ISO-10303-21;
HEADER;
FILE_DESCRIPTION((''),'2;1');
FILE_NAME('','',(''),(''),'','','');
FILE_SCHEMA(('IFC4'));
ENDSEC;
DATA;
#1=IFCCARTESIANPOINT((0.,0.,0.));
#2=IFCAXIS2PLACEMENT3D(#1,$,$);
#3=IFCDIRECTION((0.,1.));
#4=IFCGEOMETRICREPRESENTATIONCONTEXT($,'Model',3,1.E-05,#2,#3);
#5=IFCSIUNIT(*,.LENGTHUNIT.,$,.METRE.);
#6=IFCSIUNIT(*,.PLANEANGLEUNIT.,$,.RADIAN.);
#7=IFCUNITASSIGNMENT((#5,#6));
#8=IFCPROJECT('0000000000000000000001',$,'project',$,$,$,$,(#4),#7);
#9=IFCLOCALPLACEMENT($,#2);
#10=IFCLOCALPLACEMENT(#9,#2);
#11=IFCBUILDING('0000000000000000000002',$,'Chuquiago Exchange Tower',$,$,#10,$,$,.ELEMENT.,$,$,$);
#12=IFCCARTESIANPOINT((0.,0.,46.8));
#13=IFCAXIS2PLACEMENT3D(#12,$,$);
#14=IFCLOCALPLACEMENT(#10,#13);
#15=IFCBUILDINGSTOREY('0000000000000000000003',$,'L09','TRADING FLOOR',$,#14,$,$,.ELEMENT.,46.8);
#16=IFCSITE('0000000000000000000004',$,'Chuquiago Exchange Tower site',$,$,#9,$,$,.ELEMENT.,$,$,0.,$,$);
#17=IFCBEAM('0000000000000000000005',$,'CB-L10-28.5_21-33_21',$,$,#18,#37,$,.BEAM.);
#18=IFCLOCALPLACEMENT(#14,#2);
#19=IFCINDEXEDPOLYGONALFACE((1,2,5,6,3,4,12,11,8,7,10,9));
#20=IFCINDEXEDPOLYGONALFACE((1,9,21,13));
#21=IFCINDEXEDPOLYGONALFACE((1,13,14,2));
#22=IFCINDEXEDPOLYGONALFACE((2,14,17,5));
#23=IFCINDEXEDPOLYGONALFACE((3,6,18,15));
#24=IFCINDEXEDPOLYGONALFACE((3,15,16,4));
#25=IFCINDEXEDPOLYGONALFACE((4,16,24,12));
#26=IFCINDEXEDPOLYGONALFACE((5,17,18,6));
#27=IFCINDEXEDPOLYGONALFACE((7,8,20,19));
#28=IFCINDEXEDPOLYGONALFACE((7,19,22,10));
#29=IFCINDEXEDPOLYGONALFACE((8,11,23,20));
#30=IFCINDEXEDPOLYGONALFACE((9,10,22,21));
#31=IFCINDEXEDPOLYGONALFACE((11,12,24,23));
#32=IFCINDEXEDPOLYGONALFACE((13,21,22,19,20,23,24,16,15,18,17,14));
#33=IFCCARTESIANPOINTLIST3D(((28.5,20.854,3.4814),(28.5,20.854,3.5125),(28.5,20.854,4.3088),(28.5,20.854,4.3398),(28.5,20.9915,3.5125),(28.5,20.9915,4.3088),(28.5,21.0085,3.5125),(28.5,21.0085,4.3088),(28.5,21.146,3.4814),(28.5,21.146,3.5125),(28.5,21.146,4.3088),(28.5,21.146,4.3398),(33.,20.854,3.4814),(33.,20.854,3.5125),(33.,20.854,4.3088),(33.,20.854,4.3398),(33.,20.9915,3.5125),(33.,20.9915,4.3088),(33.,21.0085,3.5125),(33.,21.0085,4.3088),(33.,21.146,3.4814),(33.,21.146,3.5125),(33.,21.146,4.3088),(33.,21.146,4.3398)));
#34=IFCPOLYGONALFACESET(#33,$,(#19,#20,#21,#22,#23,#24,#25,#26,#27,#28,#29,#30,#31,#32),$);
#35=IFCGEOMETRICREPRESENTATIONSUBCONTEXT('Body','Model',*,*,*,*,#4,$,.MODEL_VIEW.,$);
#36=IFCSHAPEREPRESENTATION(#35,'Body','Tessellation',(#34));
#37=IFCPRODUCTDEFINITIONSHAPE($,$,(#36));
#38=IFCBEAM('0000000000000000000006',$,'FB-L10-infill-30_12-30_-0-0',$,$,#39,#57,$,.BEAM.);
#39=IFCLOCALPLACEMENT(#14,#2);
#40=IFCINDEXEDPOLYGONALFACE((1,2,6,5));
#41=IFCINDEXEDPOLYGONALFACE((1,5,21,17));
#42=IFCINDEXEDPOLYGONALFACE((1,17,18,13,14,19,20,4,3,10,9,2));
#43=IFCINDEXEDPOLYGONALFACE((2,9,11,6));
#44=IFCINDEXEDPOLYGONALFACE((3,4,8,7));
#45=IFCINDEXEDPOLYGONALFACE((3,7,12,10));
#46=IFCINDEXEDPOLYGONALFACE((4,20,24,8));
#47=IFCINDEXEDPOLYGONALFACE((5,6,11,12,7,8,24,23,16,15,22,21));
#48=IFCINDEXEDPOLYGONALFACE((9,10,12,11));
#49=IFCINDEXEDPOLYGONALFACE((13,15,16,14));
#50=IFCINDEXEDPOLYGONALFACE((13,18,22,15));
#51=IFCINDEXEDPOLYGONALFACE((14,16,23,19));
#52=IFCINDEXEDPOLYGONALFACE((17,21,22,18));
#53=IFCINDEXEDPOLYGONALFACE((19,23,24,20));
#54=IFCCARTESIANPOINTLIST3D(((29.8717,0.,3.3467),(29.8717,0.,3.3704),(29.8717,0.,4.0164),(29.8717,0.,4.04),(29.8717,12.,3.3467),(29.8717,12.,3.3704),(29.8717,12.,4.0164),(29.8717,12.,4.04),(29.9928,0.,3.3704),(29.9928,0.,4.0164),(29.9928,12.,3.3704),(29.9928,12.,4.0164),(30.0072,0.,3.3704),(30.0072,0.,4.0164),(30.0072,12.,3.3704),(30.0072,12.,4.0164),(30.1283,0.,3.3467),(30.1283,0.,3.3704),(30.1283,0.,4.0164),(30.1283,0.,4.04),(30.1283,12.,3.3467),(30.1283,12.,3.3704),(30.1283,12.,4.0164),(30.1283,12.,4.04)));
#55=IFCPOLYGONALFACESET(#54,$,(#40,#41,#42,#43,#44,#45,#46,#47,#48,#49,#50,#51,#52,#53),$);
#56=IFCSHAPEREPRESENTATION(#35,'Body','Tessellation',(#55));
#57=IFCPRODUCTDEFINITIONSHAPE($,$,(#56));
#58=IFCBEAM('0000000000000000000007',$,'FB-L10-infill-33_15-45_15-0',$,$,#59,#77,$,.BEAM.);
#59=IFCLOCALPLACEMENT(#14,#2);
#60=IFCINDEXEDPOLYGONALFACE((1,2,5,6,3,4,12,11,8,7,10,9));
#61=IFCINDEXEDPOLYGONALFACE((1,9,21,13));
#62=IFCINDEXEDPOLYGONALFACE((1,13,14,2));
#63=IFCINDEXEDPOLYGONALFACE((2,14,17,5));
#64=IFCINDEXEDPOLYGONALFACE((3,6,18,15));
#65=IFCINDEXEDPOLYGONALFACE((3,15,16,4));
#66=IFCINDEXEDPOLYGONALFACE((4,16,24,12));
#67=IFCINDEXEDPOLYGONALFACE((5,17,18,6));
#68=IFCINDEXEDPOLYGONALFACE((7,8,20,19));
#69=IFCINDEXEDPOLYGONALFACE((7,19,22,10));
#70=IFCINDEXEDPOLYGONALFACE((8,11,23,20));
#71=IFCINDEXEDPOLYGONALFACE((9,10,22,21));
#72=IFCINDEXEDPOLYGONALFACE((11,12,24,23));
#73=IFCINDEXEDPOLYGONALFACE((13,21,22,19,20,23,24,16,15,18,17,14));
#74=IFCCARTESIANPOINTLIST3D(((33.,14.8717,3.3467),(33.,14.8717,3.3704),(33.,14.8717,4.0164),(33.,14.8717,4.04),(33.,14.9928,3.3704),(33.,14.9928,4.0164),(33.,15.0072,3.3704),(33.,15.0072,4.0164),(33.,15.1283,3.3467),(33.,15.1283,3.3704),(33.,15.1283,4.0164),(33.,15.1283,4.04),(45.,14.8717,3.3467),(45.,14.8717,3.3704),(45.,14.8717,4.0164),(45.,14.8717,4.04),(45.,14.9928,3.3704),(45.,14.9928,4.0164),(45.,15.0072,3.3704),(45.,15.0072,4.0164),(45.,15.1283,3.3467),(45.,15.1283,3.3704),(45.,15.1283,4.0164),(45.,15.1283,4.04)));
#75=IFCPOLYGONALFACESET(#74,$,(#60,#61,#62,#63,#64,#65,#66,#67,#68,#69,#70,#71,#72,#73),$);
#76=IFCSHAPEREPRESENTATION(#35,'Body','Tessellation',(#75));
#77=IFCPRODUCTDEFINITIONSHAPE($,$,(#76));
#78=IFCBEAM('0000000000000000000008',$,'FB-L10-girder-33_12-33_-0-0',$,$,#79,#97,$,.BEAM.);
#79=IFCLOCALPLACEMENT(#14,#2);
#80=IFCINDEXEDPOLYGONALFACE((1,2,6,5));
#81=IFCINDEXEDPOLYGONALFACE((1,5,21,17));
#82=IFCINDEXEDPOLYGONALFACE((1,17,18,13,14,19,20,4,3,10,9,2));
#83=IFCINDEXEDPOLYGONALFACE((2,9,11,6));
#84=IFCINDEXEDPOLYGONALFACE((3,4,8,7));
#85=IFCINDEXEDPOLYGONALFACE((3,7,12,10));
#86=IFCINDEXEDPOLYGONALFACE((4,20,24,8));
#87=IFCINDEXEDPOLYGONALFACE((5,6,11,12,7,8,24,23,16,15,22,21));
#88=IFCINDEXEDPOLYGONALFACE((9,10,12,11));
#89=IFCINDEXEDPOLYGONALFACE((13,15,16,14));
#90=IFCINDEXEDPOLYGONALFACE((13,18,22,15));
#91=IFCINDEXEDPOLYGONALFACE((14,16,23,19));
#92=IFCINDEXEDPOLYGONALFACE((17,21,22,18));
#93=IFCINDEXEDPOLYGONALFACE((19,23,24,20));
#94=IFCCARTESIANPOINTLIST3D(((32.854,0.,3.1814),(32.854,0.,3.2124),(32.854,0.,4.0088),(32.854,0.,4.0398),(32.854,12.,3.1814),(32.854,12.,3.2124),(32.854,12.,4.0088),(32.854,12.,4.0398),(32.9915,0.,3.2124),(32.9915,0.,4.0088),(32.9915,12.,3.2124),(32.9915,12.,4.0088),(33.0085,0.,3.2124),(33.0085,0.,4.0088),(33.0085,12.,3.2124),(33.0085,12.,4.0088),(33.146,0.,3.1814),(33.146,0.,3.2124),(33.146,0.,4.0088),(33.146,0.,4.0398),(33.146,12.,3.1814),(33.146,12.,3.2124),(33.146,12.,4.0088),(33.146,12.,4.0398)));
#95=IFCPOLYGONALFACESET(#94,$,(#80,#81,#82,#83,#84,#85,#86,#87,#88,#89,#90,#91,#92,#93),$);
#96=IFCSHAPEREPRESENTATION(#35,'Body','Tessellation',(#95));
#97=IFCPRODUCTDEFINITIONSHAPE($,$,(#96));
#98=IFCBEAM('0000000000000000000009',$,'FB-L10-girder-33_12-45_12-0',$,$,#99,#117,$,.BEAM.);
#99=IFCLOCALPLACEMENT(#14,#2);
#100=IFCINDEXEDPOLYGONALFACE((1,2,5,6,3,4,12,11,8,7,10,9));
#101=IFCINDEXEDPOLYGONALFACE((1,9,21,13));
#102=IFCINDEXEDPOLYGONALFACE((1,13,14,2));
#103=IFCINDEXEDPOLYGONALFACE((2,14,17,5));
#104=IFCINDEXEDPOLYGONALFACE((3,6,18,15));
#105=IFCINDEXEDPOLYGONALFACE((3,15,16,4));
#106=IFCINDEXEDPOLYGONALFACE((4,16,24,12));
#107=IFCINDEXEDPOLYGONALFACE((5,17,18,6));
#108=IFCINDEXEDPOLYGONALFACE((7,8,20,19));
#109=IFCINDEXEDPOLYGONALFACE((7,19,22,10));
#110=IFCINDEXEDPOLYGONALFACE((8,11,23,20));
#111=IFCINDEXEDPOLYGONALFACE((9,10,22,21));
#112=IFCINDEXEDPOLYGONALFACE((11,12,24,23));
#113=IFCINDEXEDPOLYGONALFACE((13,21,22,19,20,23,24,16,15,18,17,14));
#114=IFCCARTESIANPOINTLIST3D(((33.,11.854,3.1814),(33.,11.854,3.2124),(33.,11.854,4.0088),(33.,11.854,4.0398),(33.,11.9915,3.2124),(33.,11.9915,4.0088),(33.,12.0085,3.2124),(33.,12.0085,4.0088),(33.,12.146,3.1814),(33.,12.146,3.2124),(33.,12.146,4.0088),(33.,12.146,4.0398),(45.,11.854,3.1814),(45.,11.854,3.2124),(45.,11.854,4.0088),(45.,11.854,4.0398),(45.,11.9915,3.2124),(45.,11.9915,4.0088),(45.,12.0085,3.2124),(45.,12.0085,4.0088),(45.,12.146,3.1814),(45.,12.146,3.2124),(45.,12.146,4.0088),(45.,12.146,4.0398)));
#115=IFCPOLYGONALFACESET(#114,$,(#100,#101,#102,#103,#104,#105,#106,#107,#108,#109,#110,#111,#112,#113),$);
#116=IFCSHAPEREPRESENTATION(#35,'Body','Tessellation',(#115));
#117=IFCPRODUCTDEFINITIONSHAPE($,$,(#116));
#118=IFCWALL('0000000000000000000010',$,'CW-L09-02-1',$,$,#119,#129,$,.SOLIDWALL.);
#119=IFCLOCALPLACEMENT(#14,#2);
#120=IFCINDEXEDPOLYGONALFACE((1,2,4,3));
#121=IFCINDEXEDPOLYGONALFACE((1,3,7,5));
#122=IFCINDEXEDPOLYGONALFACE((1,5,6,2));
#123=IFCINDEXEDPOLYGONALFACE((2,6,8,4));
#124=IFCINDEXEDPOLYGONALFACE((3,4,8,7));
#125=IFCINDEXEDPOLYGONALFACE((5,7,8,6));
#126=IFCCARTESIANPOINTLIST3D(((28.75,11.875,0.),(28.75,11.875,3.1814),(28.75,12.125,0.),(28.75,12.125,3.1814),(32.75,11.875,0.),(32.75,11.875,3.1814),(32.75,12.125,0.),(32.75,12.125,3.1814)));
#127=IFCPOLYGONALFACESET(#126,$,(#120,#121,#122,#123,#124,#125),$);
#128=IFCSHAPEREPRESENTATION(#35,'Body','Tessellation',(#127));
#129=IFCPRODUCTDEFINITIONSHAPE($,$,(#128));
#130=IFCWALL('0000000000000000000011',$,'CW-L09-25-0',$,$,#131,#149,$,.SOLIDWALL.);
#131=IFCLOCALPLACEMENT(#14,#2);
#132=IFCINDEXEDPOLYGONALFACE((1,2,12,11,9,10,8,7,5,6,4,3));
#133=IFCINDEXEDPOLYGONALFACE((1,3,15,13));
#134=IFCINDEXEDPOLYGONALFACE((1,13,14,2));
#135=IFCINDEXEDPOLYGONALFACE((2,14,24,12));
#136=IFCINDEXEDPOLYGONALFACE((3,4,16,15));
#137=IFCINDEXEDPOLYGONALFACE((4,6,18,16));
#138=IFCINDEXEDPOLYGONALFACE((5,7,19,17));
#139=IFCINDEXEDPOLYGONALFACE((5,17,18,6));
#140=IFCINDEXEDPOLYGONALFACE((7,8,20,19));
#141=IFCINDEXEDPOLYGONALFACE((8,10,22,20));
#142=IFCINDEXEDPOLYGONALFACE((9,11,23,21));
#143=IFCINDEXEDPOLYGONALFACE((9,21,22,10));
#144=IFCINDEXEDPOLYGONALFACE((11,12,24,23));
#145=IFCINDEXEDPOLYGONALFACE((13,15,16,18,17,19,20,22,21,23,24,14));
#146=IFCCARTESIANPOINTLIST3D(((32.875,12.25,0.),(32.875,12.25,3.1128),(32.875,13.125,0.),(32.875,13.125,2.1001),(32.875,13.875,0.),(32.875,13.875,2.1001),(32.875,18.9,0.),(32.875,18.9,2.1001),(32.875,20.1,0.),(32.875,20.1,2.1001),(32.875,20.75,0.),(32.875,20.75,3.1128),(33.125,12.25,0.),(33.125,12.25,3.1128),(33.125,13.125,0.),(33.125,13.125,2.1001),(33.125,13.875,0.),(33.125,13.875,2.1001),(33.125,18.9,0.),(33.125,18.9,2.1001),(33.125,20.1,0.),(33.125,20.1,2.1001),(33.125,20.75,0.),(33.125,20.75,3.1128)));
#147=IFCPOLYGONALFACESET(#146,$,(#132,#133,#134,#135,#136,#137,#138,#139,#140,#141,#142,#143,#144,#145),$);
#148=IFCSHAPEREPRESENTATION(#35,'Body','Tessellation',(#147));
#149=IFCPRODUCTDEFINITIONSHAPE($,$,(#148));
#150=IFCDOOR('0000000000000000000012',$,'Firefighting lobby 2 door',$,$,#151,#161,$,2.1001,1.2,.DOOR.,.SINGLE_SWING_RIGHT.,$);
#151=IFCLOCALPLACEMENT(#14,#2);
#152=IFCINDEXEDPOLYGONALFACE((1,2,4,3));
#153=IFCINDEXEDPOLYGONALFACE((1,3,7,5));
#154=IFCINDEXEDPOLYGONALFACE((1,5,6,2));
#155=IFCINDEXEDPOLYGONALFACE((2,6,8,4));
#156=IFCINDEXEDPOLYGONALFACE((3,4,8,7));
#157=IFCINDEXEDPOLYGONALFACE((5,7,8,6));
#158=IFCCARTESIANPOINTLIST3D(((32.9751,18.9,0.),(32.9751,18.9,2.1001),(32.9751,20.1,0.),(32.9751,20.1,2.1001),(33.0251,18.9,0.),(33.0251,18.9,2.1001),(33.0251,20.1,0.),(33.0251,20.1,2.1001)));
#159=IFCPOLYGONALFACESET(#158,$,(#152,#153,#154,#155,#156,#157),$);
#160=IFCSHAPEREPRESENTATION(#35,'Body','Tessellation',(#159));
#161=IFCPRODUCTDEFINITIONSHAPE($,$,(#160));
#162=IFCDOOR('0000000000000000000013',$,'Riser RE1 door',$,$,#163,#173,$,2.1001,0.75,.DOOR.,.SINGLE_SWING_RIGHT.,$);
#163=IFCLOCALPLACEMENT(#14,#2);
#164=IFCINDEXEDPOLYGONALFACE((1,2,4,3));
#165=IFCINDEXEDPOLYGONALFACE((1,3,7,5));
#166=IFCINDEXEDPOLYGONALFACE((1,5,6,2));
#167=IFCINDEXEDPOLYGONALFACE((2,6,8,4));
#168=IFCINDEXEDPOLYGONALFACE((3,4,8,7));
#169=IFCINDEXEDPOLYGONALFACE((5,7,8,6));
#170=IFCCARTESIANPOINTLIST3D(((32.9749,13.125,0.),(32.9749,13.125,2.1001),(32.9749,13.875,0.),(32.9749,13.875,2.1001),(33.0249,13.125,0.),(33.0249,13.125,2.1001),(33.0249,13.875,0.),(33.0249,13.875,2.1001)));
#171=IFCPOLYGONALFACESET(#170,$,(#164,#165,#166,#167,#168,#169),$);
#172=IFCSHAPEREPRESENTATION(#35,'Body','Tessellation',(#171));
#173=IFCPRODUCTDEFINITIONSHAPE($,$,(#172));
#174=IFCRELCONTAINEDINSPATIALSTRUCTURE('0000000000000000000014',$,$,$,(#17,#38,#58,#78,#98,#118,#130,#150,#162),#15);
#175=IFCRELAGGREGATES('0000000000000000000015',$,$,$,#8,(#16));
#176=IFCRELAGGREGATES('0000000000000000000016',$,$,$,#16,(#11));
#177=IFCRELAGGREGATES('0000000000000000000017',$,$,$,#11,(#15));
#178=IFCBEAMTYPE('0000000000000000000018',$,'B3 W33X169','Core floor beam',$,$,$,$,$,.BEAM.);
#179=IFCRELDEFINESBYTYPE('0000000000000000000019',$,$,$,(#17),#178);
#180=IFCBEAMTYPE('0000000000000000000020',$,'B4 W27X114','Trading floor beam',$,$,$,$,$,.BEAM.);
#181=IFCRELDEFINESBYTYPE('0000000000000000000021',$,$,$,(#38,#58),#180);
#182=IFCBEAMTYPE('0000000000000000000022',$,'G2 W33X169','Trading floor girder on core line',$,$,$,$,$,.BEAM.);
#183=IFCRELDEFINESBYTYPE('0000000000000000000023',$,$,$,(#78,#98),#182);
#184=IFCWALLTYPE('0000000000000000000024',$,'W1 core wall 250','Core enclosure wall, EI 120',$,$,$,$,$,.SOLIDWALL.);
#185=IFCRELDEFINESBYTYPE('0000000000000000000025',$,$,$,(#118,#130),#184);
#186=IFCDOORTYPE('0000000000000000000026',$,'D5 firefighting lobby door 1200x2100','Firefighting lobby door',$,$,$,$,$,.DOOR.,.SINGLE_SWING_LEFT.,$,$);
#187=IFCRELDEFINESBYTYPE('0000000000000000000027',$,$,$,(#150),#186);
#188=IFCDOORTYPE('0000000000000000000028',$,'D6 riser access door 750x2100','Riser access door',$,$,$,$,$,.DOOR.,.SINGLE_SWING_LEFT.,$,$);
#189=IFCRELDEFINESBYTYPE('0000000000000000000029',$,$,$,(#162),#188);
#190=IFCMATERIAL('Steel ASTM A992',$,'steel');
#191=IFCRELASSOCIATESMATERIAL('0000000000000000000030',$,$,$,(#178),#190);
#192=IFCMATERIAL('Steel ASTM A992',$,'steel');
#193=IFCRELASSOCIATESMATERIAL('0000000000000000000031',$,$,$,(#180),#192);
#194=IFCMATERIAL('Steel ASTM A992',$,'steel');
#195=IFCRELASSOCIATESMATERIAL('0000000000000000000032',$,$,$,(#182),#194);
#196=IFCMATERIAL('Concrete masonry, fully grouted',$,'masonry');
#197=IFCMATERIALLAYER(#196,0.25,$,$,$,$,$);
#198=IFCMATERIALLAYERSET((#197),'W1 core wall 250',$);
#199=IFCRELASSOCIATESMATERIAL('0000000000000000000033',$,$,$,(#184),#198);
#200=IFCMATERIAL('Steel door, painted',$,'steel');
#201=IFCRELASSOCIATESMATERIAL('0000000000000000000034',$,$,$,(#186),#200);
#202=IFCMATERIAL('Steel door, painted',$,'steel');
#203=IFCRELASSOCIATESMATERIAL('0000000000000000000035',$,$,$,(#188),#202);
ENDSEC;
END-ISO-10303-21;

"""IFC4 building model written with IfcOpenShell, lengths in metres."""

from ifc_helpers import new_model, si_unit, direction, frame, frame_2d, origin, origin_2d, place, context, subcontext, project, spatial, rectangle, i_section, extrude, material, layer, layer_set, material_profile, profile_set, type_object, element, fill, save


model = new_model("IFC4")

# Units and contexts
model_context = context("Model", 3, precision=1e-05, world=origin(), true_north=direction((0.0, 1.0)))
body_context = subcontext(model_context, "Body", "Model", "MODEL_VIEW")
ifc_project = project(units=[si_unit("LENGTHUNIT", "METRE"), si_unit("PLANEANGLEUNIT", "RADIAN")], contexts=[model_context])

# Site, building, storey
site_placement = place(None, origin())
site = spatial("IfcSite", under=ifc_project, at=site_placement, Name="Chuquiago Exchange Tower site", CompositionType="ELEMENT", RefElevation=0.0)
building_placement = place(site_placement, origin())
building = spatial("IfcBuilding", under=site, at=building_placement, Name="Chuquiago Exchange Tower", CompositionType="ELEMENT")
storey_placement = place(building_placement, frame((0.0, 0.0, 46.8)))
storey = spatial("IfcBuildingStorey", under=building, at=storey_placement, Name="L09", Description="TRADING FLOOR", CompositionType="ELEMENT", Elevation=46.8)

# Beams
ifc_material_1 = material(Name="Steel ASTM A992", Category="steel")
ifc_material_profile_1 = material_profile(ifc_material_1, i_section(OverallWidth=0.292, OverallDepth=0.8584, WebThickness=0.0171, FlangeThickness=0.031, at=origin_2d()), Name="W33X169")
ifc_profile_set_1 = profile_set([ifc_material_profile_1], Name="Steel ASTM A992")
beam_type_1 = type_object("IfcBeamType", Name="B3 W33X169", Description="Core floor beam", PredefinedType="BEAM", material=ifc_profile_set_1)
for number, where, z_axis, x_axis, name in (
    (1, (28.5, 21.0, 3.9106), (1.0, 0.0, 0.0), (0.0, 1.0, 0.0), "CB-L10-28.5_21-33_21"),
):
    element("IfcBeam", number, at=place(storey_placement, frame(where, z_axis=z_axis, x_axis=x_axis)), inside=storey, type_object=beam_type_1, Name=name, PredefinedType="BEAM", context=body_context, shape_type="SweptSolid", body=[
        extrude(i_section(OverallWidth=0.292, OverallDepth=0.8584, WebThickness=0.0171, FlangeThickness=0.031, at=origin_2d()), origin(), (0.0, 0.0, 1.0), 4.5),
    ])
ifc_material_2 = material(Name="Steel ASTM A992", Category="steel")
ifc_material_profile_2 = material_profile(ifc_material_2, i_section(OverallWidth=0.2566, OverallDepth=0.6934, WebThickness=0.0144, FlangeThickness=0.0237, at=origin_2d()), Name="W27X114")
ifc_profile_set_2 = profile_set([ifc_material_profile_2], Name="Steel ASTM A992")
beam_type_2 = type_object("IfcBeamType", Name="B4 W27X114", Description="Trading floor beam", PredefinedType="BEAM", material=ifc_profile_set_2)
for number, where, z_axis, x_axis, name in (
    (2, (30.0, 12.0, 3.6934), (0.0, -1.0, 0.0), (1.0, 0.0, 0.0), "FB-L10-infill-30_12-30_-0-0"),
    (3, (33.0, 15.0, 3.6934), (1.0, 0.0, 0.0), (0.0, 1.0, 0.0), "FB-L10-infill-33_15-45_15-0"),
):
    element("IfcBeam", number, at=place(storey_placement, frame(where, z_axis=z_axis, x_axis=x_axis)), inside=storey, type_object=beam_type_2, Name=name, PredefinedType="BEAM", context=body_context, shape_type="SweptSolid", body=[
        extrude(i_section(OverallWidth=0.2566, OverallDepth=0.6934, WebThickness=0.0144, FlangeThickness=0.0237, at=origin_2d()), origin(), (0.0, 0.0, 1.0), 12.0),
    ])
ifc_material_3 = material(Name="Steel ASTM A992", Category="steel")
ifc_material_profile_3 = material_profile(ifc_material_3, i_section(OverallWidth=0.292, OverallDepth=0.8584, WebThickness=0.0171, FlangeThickness=0.031, at=origin_2d()), Name="W33X169")
ifc_profile_set_3 = profile_set([ifc_material_profile_3], Name="Steel ASTM A992")
beam_type_3 = type_object("IfcBeamType", Name="G2 W33X169", Description="Trading floor girder on core line", PredefinedType="BEAM", material=ifc_profile_set_3)
for number, where, z_axis, x_axis, name in (
    (4, (33.0, 12.0, 3.6106), (0.0, -1.0, 0.0), (1.0, 0.0, 0.0), "FB-L10-girder-33_12-33_-0-0"),
    (5, (33.0, 12.0, 3.6106), (1.0, 0.0, 0.0), (0.0, 1.0, 0.0), "FB-L10-girder-33_12-45_12-0"),
):
    element("IfcBeam", number, at=place(storey_placement, frame(where, z_axis=z_axis, x_axis=x_axis)), inside=storey, type_object=beam_type_3, Name=name, PredefinedType="BEAM", context=body_context, shape_type="SweptSolid", body=[
        extrude(i_section(OverallWidth=0.292, OverallDepth=0.8584, WebThickness=0.0171, FlangeThickness=0.031, at=origin_2d()), origin(), (0.0, 0.0, 1.0), 12.0),
    ])

# Wall
ifc_material_4 = material(Name="Concrete masonry, fully grouted", Category="masonry")
ifc_layer_1 = layer(ifc_material_4, 0.25)
ifc_layer_set_1 = layer_set([ifc_layer_1], Name="W1 core wall 250")
wall_type_1 = type_object("IfcWallType", Name="W1 core wall 250", Description="Core enclosure wall, EI 120", PredefinedType="SOLIDWALL", material=ifc_layer_set_1)
wall_1_placement = place(storey_placement, frame((28.75, 12.0, 0.0), z_axis=(0.0, 0.0, 1.0), x_axis=(1.0, 0.0, 0.0)))
element("IfcWall", 6, at=wall_1_placement, inside=storey, type_object=wall_type_1, Name="CW-L09-02-1", PredefinedType="SOLIDWALL", context=body_context, shape_type="SweptSolid", body=[
    extrude(rectangle(XDim=4.0, YDim=0.25, at=frame_2d((2.0, 0.0))), origin(), (0.0, 0.0, 1.0), 3.1814),
])

# Wall, openings, doors
wall_2_placement = place(storey_placement, frame((33.0, 12.25, 0.0), z_axis=(0.0, 0.0, 1.0), x_axis=(0.0, 1.0, 0.0)))
wall_2 = element("IfcWall", 7, at=wall_2_placement, inside=storey, type_object=wall_type_1, Name="CW-L09-25-0", PredefinedType="SOLIDWALL", context=body_context, shape_type="SweptSolid", body=[
    extrude(rectangle(XDim=8.5, YDim=0.25, at=frame_2d((4.25, 0.0))), origin(), (0.0, 0.0, 1.0), 3.1128),
])
opening_1_placement = place(wall_2_placement, frame((6.6499, 0.0, 0.0)))
opening_1 = element("IfcOpeningElement", 8, at=opening_1_placement, cuts=wall_2, PredefinedType="OPENING", context=body_context, shape_type="SweptSolid", body=[
    extrude(rectangle(XDim=1.2, YDim=2.1001, at=frame_2d((0.6001, 1.05))), frame((0.0, 0.135, 0.0), z_axis=(0.0, -1.0, 0.0), x_axis=(1.0, 0.0, 0.0)), (0.0, 0.0, 1.0), 0.27),
])
opening_2_placement = place(wall_2_placement, frame((0.875, 0.0, 0.0)))
opening_2 = element("IfcOpeningElement", 9, at=opening_2_placement, cuts=wall_2, PredefinedType="OPENING", context=body_context, shape_type="SweptSolid", body=[
    extrude(rectangle(XDim=0.75, YDim=2.1001, at=frame_2d((0.375, 1.05))), frame((0.0, 0.135, 0.0), z_axis=(0.0, -1.0, 0.0), x_axis=(1.0, 0.0, 0.0)), (0.0, 0.0, 1.0), 0.27),
])
ifc_material_5 = material(Name="Steel door, painted", Category="steel")
door_type_1 = type_object("IfcDoorType", Name="D5 firefighting lobby door 1200x2100", Description="Firefighting lobby door", OperationType="SINGLE_SWING_LEFT", PredefinedType="DOOR", material=ifc_material_5)
door_1_placement = place(opening_1_placement, origin())
door_1 = element("IfcDoor", 10, at=door_1_placement, inside=storey, type_object=door_type_1, Name="Firefighting lobby 2 door", OperationType="SINGLE_SWING_RIGHT", OverallHeight=2.1001, OverallWidth=1.2, PredefinedType="DOOR", context=body_context, shape_type="SweptSolid", body=[
    extrude(rectangle(XDim=1.2, YDim=2.1001, at=frame_2d((0.6001, 1.05))), frame((0.0, 0.0249, 0.0), z_axis=(0.0, -1.0, 0.0), x_axis=(1.0, 0.0, 0.0)), (0.0, 0.0, 1.0), 0.05),
])
fill(opening_1, door_1)
ifc_material_6 = material(Name="Steel door, painted", Category="steel")
door_type_2 = type_object("IfcDoorType", Name="D6 riser access door 750x2100", Description="Riser access door", OperationType="SINGLE_SWING_LEFT", PredefinedType="DOOR", material=ifc_material_6)
door_2_placement = place(opening_2_placement, frame((0.75, 0.0, 0.0), z_axis=(0.0, 0.0, 1.0), x_axis=(-1.0, 0.0, 0.0)))
door_2 = element("IfcDoor", 11, at=door_2_placement, inside=storey, type_object=door_type_2, Name="Riser RE1 door", OperationType="SINGLE_SWING_RIGHT", OverallHeight=2.1001, OverallWidth=0.75, PredefinedType="DOOR", context=body_context, shape_type="SweptSolid", body=[
    extrude(rectangle(XDim=0.75, YDim=2.1001, at=frame_2d((0.375, 1.05))), frame((0.0, 0.0249, 0.0), z_axis=(0.0, -1.0, 0.0), x_axis=(1.0, 0.0, 0.0)), (0.0, 0.0, 1.0), 0.05),
])
fill(opening_2, door_2)

save(model, "model.ifc")
